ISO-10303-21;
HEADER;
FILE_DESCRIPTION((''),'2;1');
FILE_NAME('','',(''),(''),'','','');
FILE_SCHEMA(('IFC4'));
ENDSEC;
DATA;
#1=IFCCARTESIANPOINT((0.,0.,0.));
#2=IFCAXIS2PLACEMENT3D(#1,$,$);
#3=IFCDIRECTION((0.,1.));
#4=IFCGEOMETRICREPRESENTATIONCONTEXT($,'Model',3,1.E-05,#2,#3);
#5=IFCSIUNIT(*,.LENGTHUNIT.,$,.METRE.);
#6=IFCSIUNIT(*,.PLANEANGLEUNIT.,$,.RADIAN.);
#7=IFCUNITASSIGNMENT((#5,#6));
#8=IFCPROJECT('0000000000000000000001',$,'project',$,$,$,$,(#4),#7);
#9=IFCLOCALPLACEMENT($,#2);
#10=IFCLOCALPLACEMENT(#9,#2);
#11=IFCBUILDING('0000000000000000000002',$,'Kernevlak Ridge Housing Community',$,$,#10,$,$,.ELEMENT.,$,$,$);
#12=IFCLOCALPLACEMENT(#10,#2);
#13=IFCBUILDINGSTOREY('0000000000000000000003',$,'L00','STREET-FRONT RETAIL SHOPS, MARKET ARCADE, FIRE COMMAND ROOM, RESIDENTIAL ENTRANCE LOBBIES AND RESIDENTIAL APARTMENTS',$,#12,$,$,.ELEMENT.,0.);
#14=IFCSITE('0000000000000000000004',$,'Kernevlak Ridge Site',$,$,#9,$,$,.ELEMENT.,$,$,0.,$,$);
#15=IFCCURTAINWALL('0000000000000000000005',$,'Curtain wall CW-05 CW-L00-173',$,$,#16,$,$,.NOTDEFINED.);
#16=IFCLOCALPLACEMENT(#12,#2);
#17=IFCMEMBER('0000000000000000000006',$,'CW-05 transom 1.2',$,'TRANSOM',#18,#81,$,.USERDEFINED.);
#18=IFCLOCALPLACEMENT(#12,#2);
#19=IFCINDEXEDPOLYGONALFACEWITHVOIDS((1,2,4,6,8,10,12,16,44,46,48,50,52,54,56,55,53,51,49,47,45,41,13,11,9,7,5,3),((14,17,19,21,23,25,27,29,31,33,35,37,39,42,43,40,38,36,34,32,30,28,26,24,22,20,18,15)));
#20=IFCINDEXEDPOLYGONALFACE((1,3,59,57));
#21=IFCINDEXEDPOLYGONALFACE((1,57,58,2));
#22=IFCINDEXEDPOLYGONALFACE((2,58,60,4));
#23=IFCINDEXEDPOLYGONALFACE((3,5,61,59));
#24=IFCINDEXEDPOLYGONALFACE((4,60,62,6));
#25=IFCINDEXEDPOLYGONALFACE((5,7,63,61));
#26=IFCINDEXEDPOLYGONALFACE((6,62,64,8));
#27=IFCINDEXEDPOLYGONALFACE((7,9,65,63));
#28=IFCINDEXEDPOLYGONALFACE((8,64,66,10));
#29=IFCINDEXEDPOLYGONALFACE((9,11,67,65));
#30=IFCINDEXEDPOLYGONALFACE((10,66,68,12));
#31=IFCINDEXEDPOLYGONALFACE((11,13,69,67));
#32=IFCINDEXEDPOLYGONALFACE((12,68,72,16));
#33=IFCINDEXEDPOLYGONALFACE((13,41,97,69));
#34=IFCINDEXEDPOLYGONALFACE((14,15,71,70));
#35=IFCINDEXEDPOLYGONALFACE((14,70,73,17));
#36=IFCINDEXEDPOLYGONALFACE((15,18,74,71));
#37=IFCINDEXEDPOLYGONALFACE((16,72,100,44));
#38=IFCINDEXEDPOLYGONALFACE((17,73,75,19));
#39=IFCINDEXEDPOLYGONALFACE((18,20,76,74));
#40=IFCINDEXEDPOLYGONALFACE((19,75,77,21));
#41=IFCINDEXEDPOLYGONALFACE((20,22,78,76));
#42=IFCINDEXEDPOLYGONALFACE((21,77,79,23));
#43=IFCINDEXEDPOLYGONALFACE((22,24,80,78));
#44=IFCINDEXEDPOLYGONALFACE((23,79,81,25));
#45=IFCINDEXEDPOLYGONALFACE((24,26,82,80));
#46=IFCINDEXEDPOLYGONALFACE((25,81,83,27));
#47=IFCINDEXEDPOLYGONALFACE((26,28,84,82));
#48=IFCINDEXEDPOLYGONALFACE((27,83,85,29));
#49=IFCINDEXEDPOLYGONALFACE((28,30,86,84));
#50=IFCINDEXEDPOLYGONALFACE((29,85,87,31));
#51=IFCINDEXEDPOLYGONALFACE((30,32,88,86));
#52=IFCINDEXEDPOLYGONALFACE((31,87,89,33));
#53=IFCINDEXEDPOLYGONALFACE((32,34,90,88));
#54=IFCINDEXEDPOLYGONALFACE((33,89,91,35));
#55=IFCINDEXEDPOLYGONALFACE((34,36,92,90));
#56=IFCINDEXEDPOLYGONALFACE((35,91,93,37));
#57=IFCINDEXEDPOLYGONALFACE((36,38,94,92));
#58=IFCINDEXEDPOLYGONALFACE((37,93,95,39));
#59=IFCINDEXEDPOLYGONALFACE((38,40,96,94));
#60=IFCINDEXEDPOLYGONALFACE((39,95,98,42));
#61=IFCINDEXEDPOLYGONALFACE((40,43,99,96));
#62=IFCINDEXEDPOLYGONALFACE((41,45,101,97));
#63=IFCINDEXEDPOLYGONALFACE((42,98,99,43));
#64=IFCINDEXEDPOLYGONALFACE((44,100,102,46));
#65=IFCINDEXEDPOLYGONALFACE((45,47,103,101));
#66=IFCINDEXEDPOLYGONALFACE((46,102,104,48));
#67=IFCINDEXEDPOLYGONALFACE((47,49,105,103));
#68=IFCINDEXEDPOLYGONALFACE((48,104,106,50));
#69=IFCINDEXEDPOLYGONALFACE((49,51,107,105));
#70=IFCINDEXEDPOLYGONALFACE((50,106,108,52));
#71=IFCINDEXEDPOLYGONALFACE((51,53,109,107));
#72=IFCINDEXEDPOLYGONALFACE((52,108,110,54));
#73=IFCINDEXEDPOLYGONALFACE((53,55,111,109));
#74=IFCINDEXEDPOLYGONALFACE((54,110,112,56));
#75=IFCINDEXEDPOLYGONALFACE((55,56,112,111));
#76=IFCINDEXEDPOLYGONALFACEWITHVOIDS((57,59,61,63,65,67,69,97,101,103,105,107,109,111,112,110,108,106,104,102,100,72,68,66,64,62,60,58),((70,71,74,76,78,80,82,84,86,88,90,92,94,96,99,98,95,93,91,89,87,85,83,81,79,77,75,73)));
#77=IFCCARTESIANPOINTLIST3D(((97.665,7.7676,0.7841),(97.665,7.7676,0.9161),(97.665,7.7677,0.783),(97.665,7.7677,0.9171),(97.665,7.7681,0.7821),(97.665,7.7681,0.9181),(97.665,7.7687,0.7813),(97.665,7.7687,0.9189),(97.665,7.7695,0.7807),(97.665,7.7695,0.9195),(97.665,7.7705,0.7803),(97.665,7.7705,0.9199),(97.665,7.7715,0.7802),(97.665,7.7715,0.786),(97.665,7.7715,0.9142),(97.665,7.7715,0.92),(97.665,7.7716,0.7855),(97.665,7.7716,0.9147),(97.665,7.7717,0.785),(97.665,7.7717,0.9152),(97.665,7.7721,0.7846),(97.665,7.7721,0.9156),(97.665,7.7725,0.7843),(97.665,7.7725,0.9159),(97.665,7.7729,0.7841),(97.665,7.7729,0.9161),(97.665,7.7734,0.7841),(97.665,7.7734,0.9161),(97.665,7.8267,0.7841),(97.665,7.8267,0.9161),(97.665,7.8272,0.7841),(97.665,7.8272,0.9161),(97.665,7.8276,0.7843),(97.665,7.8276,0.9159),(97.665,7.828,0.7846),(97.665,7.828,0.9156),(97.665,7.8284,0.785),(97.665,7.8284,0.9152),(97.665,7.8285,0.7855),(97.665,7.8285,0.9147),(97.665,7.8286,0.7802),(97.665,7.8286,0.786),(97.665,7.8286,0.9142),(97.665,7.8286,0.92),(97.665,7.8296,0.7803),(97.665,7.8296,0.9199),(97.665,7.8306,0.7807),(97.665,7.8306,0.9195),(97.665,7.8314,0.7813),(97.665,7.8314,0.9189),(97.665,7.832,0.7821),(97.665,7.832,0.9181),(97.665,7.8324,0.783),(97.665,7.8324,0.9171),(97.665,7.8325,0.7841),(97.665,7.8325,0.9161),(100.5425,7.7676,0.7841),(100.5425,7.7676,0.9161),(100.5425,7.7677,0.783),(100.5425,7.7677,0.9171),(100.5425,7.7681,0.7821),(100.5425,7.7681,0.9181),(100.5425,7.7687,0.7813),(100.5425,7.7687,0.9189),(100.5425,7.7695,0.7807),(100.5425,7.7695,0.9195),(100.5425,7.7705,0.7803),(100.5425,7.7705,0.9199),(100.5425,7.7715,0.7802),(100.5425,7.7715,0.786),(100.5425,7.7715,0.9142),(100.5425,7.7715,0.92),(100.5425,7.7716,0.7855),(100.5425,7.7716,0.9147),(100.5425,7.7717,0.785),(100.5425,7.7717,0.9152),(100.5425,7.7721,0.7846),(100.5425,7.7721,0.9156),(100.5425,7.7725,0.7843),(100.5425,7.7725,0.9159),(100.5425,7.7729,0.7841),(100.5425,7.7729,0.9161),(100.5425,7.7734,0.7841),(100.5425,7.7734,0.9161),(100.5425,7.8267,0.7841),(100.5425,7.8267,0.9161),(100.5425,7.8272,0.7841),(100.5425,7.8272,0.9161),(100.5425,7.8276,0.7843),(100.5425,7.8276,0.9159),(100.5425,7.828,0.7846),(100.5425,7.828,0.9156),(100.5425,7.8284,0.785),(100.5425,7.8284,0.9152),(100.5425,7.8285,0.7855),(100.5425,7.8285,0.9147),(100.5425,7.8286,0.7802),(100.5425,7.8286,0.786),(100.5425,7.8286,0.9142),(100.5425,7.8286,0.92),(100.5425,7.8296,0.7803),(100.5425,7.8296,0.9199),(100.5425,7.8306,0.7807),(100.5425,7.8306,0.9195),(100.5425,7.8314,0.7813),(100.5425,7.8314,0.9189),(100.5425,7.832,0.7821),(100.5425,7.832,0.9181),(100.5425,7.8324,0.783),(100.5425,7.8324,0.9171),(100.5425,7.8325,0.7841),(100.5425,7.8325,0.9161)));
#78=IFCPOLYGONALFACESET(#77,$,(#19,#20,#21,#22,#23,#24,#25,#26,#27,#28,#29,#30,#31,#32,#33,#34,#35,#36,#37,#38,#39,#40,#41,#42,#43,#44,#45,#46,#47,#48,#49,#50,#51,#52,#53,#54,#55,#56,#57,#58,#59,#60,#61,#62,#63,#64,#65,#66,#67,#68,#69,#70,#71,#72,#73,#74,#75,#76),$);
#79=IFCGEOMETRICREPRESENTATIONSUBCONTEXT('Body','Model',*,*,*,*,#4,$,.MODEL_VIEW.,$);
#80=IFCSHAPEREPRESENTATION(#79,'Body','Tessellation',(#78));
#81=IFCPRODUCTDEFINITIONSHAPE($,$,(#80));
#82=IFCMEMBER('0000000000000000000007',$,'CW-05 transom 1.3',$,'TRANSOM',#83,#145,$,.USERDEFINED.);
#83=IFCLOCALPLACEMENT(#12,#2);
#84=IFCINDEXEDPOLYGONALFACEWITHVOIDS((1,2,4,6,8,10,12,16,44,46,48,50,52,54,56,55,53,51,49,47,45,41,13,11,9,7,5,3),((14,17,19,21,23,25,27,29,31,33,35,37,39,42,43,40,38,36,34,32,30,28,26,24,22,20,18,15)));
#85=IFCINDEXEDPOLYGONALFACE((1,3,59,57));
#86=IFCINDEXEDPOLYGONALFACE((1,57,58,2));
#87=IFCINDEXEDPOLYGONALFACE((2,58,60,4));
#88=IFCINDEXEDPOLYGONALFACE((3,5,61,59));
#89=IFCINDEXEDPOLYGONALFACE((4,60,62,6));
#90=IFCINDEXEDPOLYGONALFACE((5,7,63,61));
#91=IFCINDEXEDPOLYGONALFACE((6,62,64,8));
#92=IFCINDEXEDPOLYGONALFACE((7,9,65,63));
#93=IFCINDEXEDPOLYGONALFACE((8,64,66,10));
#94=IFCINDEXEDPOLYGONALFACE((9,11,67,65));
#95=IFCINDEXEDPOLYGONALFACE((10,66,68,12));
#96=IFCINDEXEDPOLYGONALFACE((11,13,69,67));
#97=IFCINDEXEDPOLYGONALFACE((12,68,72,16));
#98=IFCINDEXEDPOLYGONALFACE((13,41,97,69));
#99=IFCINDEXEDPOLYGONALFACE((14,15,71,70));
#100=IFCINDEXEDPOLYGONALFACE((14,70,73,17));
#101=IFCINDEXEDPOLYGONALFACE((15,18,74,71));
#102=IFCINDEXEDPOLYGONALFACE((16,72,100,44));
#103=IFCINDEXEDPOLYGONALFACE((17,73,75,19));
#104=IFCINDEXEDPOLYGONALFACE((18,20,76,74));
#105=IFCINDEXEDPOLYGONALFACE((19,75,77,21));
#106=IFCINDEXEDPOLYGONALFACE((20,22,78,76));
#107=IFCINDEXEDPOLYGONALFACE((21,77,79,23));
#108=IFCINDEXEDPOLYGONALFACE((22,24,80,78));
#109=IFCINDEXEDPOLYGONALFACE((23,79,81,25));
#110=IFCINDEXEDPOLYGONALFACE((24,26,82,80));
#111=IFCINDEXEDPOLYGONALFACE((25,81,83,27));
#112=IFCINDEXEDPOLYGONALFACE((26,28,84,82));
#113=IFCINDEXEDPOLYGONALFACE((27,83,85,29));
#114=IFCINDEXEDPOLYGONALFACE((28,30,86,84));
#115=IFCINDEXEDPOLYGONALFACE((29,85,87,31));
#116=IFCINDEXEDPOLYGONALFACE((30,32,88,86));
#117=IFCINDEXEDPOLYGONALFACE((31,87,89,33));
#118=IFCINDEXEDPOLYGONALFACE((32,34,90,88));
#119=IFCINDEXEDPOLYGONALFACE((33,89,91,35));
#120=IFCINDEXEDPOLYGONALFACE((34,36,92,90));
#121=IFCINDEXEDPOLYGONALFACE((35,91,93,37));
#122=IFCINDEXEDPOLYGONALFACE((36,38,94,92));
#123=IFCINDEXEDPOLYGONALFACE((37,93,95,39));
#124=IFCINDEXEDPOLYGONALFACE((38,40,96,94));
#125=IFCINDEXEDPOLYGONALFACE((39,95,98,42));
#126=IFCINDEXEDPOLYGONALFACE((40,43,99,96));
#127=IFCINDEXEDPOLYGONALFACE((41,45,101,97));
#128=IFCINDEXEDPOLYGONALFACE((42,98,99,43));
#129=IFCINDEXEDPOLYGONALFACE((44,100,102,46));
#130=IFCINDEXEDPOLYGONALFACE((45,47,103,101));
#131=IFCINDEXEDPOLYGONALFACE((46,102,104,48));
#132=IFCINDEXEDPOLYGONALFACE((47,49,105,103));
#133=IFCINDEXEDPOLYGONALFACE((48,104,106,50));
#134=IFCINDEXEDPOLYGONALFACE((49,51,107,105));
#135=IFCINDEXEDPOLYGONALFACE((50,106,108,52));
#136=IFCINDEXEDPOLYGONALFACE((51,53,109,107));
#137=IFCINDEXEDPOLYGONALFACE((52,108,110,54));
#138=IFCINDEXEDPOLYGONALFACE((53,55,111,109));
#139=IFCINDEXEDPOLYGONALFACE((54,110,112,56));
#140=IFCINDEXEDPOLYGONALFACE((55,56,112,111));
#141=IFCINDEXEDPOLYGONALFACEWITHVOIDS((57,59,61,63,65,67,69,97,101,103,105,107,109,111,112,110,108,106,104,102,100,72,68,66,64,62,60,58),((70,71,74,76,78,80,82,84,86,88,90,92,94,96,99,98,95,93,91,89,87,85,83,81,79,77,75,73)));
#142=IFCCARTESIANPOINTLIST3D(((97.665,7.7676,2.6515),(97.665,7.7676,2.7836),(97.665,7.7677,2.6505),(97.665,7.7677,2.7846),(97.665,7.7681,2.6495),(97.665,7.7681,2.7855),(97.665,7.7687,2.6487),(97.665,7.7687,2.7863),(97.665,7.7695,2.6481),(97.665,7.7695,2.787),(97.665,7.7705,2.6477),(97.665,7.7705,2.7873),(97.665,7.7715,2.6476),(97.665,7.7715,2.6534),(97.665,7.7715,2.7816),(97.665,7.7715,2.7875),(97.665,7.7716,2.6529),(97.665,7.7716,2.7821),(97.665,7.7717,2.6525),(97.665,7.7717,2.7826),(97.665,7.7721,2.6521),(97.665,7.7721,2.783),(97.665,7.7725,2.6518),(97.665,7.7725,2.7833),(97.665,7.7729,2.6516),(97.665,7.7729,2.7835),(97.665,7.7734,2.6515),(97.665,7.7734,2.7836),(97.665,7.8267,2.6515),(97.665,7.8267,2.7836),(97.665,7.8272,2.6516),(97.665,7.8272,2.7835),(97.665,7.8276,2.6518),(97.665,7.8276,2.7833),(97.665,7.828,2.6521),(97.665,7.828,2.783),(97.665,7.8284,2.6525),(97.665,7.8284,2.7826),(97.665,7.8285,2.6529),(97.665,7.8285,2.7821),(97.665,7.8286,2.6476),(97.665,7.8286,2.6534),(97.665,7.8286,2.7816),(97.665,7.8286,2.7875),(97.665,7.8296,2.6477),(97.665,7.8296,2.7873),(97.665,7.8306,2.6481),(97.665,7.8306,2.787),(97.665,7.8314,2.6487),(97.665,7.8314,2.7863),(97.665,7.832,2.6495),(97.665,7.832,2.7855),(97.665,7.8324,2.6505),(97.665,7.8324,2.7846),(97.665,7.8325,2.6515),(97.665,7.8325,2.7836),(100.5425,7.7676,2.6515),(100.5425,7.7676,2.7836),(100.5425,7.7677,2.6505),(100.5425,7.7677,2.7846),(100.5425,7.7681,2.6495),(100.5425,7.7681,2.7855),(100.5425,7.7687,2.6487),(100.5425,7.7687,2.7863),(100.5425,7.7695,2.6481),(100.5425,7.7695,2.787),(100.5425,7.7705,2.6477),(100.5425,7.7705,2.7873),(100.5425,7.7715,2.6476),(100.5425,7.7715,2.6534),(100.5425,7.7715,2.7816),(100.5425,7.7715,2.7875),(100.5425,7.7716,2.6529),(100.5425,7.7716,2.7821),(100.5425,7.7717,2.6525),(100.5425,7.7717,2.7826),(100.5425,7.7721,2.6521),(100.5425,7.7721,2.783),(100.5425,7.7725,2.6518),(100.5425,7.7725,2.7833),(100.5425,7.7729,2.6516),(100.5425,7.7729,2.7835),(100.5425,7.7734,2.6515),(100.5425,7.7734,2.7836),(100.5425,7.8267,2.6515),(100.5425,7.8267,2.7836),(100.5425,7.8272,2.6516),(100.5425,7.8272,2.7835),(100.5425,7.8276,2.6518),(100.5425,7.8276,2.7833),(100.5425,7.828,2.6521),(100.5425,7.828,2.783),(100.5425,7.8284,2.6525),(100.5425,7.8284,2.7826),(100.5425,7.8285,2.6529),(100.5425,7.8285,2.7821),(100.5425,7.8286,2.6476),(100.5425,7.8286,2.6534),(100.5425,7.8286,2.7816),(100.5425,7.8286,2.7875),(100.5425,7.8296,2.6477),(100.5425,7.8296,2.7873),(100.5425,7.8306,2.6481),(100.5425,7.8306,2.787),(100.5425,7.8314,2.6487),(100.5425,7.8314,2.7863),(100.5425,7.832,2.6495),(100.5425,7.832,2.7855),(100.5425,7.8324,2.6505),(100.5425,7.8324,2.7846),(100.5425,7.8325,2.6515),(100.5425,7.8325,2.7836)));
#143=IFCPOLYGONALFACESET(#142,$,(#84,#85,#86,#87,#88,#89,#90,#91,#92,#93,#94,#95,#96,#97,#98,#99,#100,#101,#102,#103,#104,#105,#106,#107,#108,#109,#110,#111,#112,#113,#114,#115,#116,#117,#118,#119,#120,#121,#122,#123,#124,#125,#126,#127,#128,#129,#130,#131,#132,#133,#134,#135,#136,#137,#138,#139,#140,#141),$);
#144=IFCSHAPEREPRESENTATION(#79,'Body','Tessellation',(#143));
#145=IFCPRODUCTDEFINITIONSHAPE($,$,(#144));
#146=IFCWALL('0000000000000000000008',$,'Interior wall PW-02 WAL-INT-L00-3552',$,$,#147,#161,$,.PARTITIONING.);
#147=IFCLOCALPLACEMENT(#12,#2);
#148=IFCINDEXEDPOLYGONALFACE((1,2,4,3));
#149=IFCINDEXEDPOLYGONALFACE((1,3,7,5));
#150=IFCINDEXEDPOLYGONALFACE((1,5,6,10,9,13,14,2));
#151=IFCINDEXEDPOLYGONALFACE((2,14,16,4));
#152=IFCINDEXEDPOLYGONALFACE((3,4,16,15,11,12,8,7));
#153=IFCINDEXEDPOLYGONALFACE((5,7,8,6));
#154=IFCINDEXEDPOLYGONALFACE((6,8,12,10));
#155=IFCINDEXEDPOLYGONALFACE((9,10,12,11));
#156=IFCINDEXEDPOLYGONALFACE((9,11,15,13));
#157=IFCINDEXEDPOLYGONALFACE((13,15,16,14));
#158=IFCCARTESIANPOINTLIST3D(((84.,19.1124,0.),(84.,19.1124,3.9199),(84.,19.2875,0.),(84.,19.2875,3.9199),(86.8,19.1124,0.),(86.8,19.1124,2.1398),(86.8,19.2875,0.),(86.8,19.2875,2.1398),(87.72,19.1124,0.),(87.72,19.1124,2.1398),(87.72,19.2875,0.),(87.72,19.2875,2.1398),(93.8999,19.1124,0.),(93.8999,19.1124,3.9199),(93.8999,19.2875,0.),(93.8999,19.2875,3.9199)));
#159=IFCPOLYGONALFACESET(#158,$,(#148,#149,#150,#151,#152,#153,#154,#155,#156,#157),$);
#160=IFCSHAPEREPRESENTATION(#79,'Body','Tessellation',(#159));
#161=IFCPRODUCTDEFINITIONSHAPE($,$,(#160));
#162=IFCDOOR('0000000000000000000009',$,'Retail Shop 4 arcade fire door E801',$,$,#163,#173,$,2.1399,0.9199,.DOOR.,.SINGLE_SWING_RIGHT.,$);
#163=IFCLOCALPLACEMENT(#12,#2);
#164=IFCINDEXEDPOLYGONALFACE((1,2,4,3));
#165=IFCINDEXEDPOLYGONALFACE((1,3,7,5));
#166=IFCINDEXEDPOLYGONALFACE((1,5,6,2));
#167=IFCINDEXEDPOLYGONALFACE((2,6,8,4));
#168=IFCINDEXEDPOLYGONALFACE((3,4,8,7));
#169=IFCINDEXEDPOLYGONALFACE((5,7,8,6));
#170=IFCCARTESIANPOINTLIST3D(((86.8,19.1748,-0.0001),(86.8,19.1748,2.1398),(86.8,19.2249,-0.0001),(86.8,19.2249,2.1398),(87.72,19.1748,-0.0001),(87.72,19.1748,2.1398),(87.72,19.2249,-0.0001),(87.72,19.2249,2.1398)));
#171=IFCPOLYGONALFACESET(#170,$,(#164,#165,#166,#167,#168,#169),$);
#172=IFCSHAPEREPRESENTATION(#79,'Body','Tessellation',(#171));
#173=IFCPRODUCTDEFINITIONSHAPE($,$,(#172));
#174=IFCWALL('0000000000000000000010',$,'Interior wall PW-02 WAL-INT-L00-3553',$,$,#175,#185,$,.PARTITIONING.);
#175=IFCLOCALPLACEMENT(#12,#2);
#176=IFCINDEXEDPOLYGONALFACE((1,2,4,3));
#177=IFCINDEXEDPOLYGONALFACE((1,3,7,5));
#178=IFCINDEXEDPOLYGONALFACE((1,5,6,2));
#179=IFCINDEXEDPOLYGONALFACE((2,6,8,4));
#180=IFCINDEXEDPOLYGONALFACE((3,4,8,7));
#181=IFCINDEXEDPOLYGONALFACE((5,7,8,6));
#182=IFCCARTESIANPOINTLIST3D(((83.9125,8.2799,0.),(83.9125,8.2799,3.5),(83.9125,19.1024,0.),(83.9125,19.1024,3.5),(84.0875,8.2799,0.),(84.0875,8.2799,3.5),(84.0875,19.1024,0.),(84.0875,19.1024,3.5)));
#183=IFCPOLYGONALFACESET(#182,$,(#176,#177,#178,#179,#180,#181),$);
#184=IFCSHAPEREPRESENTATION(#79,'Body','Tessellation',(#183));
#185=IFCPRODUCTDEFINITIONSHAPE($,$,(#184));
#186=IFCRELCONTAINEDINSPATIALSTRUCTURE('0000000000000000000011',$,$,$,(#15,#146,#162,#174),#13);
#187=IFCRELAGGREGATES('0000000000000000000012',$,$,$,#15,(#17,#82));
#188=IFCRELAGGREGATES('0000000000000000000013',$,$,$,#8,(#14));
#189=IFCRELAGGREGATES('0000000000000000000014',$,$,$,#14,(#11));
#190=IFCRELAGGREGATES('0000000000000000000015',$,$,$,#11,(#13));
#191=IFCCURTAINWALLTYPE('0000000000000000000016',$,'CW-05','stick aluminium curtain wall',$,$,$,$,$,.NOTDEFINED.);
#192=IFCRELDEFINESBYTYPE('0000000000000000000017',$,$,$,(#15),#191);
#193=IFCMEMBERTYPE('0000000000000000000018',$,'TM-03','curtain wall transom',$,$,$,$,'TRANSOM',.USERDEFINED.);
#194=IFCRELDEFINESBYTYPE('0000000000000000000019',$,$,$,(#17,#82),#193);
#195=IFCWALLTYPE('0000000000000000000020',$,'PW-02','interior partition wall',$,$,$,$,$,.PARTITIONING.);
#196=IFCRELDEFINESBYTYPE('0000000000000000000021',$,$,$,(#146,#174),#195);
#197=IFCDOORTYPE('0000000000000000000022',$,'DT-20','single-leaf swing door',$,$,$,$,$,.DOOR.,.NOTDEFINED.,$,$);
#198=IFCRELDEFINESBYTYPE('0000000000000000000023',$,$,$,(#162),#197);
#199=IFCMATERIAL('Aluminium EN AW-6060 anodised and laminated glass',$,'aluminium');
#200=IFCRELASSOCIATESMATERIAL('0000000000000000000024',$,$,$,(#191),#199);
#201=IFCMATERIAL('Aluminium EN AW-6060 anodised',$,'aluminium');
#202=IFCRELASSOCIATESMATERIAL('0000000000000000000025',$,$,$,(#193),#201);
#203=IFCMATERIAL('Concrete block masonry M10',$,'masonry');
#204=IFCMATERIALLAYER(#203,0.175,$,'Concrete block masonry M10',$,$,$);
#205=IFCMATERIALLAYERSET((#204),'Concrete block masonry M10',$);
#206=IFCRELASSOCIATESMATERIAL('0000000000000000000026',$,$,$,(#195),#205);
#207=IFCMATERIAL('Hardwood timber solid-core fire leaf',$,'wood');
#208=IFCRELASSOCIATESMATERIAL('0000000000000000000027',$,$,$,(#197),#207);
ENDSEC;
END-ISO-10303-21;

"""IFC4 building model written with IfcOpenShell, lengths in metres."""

from ifc_helpers import new_model, si_unit, direction, frame, frame_2d, origin, origin_2d, place, context, subcontext, project, spatial, rectangle, hollow_rectangle, extrude, material, layer, layer_set, material_profile, profile_set, type_object, element, fill, aggregate, save


model = new_model("IFC4")

# Units and contexts
model_context = context("Model", 3, precision=1e-05, world=origin(), true_north=direction((0.0, 1.0)))
body_context = subcontext(model_context, "Body", "Model", "MODEL_VIEW")
ifc_project = project(units=[si_unit("LENGTHUNIT", "METRE"), si_unit("PLANEANGLEUNIT", "RADIAN")], contexts=[model_context])

# Site, building, storey
site_placement = place(None, origin())
site = spatial("IfcSite", under=ifc_project, at=site_placement, Name="Kernevlak Ridge Site", CompositionType="ELEMENT", RefElevation=0.0)
building_placement = place(site_placement, origin())
building = spatial("IfcBuilding", under=site, at=building_placement, Name="Kernevlak Ridge Housing Community", CompositionType="ELEMENT")
storey_placement = place(building_placement, origin())
storey = spatial("IfcBuildingStorey", under=building, at=storey_placement, Name="L00", Description="STREET-FRONT RETAIL SHOPS, MARKET ARCADE, FIRE COMMAND ROOM, RESIDENTIAL ENTRANCE LOBBIES AND RESIDENTIAL APARTMENTS", CompositionType="ELEMENT", Elevation=0.0)

# Curtain wall, members
ifc_material_1 = material(Name="Aluminium EN AW-6060 anodised and laminated glass", Category="aluminium")
curtain_wall_type = type_object("IfcCurtainWallType", Name="CW-05", Description="stick aluminium curtain wall", PredefinedType="NOTDEFINED", material=ifc_material_1)
curtain_wall_placement = place(storey_placement, origin())
curtain_wall = element("IfcCurtainWall", 1, at=curtain_wall_placement, inside=storey, type_object=curtain_wall_type, Name="Curtain wall CW-05 CW-L00-173", PredefinedType="NOTDEFINED")
ifc_material_2 = material(Name="Aluminium EN AW-6060 anodised", Category="aluminium")
ifc_material_profile_1 = material_profile(ifc_material_2, hollow_rectangle(XDim=0.0649, YDim=0.1399, WallThickness=0.0039, InnerFilletRadius=0.002, OuterFilletRadius=0.0039, at=origin_2d()), Name="ALU 65x140x4")
ifc_profile_set_1 = profile_set([ifc_material_profile_1], Name="Aluminium EN AW-6060 anodised")
member_type_1 = type_object("IfcMemberType", Name="TM-03", Description="curtain wall transom", ElementType="TRANSOM", PredefinedType="USERDEFINED", material=ifc_profile_set_1)
member_1_placement = place(storey_placement, frame((97.665, 7.8, 0.8501), z_axis=(1.0, 0.0, 0.0), x_axis=(0.0, 1.0, 0.0)))
member_1 = element("IfcMember", 2, at=member_1_placement, type_object=member_type_1, Name="CW-05 transom 1.2", ObjectType="TRANSOM", PredefinedType="USERDEFINED", context=body_context, shape_type="SweptSolid", body=[
    extrude(hollow_rectangle(XDim=0.0649, YDim=0.1399, WallThickness=0.0039, InnerFilletRadius=0.002, OuterFilletRadius=0.0039, at=origin_2d()), origin(), (0.0, 0.0, 1.0), 2.8774),
])
member_2_placement = place(storey_placement, frame((97.665, 7.8, 2.7175), z_axis=(1.0, 0.0, 0.0), x_axis=(0.0, 1.0, 0.0)))
member_2 = element("IfcMember", 3, at=member_2_placement, type_object=member_type_1, Name="CW-05 transom 1.3", ObjectType="TRANSOM", PredefinedType="USERDEFINED", context=body_context, shape_type="SweptSolid", body=[
    extrude(hollow_rectangle(XDim=0.0649, YDim=0.1399, WallThickness=0.0039, InnerFilletRadius=0.002, OuterFilletRadius=0.0039, at=origin_2d()), origin(), (0.0, 0.0, 1.0), 2.8774),
])
aggregate(curtain_wall, [member_1, member_2])

# Wall, opening, door
ifc_material_3 = material(Name="Concrete block masonry M10", Category="masonry")
ifc_layer_1 = layer(ifc_material_3, 0.175, Name="Concrete block masonry M10")
ifc_layer_set_1 = layer_set([ifc_layer_1], Name="Concrete block masonry M10")
wall_type_1 = type_object("IfcWallType", Name="PW-02", Description="interior partition wall", PredefinedType="PARTITIONING", material=ifc_layer_set_1)
wall_1_placement = place(storey_placement, frame((84.0, 19.2, 0.0), z_axis=(0.0, 0.0, 1.0), x_axis=(1.0, 0.0, 0.0)))
wall_1 = element("IfcWall", 4, at=wall_1_placement, inside=storey, type_object=wall_type_1, Name="Interior wall PW-02 WAL-INT-L00-3552", PredefinedType="PARTITIONING", context=body_context, shape_type="SweptSolid", body=[
    extrude(rectangle(XDim=9.8999, YDim=0.175, at=frame_2d((4.95, 0.0))), origin(), (0.0, 0.0, 1.0), 3.9199),
])
opening_1_placement = place(wall_1_placement, frame((2.8, 0.0, 0.0)))
opening_1 = element("IfcOpeningElement", 5, at=opening_1_placement, cuts=wall_1, PredefinedType="OPENING", context=body_context, shape_type="SweptSolid", body=[
    extrude(rectangle(XDim=0.9199, YDim=2.1399, at=frame_2d((0.46, 1.0698))), frame((0.0, 0.0974, 0.0), z_axis=(0.0, -1.0, 0.0), x_axis=(1.0, 0.0, 0.0)), (0.0, 0.0, 1.0), 0.1951),
])
ifc_material_4 = material(Name="Hardwood timber solid-core fire leaf", Category="wood")
door_type_1 = type_object("IfcDoorType", Name="DT-20", Description="single-leaf swing door", OperationType="NOTDEFINED", PredefinedType="DOOR", material=ifc_material_4)
door_1_placement = place(opening_1_placement, origin())
door_1 = element("IfcDoor", 6, at=door_1_placement, inside=storey, type_object=door_type_1, Name="Retail Shop 4 arcade fire door E801", OperationType="SINGLE_SWING_RIGHT", OverallHeight=2.1399, OverallWidth=0.9199, PredefinedType="DOOR", context=body_context, shape_type="SweptSolid", body=[
    extrude(rectangle(XDim=0.9199, YDim=2.1399, at=frame_2d((0.46, 1.0698))), frame((0.0, 0.0249, 0.0), z_axis=(0.0, -1.0, 0.0), x_axis=(1.0, 0.0, 0.0)), (0.0, 0.0, 1.0), 0.05),
])
fill(opening_1, door_1)

# Wall
wall_2_placement = place(storey_placement, frame((84.0, 8.28, 0.0), z_axis=(0.0, 0.0, 1.0), x_axis=(0.0, 1.0, 0.0)))
element("IfcWall", 7, at=wall_2_placement, inside=storey, type_object=wall_type_1, Name="Interior wall PW-02 WAL-INT-L00-3553", PredefinedType="PARTITIONING", context=body_context, shape_type="SweptSolid", body=[
    extrude(rectangle(XDim=10.8225, YDim=0.175, at=frame_2d((5.4111, 0.0))), origin(), (0.0, 0.0, 1.0), 3.5),
])

save(model, "model.ifc")
